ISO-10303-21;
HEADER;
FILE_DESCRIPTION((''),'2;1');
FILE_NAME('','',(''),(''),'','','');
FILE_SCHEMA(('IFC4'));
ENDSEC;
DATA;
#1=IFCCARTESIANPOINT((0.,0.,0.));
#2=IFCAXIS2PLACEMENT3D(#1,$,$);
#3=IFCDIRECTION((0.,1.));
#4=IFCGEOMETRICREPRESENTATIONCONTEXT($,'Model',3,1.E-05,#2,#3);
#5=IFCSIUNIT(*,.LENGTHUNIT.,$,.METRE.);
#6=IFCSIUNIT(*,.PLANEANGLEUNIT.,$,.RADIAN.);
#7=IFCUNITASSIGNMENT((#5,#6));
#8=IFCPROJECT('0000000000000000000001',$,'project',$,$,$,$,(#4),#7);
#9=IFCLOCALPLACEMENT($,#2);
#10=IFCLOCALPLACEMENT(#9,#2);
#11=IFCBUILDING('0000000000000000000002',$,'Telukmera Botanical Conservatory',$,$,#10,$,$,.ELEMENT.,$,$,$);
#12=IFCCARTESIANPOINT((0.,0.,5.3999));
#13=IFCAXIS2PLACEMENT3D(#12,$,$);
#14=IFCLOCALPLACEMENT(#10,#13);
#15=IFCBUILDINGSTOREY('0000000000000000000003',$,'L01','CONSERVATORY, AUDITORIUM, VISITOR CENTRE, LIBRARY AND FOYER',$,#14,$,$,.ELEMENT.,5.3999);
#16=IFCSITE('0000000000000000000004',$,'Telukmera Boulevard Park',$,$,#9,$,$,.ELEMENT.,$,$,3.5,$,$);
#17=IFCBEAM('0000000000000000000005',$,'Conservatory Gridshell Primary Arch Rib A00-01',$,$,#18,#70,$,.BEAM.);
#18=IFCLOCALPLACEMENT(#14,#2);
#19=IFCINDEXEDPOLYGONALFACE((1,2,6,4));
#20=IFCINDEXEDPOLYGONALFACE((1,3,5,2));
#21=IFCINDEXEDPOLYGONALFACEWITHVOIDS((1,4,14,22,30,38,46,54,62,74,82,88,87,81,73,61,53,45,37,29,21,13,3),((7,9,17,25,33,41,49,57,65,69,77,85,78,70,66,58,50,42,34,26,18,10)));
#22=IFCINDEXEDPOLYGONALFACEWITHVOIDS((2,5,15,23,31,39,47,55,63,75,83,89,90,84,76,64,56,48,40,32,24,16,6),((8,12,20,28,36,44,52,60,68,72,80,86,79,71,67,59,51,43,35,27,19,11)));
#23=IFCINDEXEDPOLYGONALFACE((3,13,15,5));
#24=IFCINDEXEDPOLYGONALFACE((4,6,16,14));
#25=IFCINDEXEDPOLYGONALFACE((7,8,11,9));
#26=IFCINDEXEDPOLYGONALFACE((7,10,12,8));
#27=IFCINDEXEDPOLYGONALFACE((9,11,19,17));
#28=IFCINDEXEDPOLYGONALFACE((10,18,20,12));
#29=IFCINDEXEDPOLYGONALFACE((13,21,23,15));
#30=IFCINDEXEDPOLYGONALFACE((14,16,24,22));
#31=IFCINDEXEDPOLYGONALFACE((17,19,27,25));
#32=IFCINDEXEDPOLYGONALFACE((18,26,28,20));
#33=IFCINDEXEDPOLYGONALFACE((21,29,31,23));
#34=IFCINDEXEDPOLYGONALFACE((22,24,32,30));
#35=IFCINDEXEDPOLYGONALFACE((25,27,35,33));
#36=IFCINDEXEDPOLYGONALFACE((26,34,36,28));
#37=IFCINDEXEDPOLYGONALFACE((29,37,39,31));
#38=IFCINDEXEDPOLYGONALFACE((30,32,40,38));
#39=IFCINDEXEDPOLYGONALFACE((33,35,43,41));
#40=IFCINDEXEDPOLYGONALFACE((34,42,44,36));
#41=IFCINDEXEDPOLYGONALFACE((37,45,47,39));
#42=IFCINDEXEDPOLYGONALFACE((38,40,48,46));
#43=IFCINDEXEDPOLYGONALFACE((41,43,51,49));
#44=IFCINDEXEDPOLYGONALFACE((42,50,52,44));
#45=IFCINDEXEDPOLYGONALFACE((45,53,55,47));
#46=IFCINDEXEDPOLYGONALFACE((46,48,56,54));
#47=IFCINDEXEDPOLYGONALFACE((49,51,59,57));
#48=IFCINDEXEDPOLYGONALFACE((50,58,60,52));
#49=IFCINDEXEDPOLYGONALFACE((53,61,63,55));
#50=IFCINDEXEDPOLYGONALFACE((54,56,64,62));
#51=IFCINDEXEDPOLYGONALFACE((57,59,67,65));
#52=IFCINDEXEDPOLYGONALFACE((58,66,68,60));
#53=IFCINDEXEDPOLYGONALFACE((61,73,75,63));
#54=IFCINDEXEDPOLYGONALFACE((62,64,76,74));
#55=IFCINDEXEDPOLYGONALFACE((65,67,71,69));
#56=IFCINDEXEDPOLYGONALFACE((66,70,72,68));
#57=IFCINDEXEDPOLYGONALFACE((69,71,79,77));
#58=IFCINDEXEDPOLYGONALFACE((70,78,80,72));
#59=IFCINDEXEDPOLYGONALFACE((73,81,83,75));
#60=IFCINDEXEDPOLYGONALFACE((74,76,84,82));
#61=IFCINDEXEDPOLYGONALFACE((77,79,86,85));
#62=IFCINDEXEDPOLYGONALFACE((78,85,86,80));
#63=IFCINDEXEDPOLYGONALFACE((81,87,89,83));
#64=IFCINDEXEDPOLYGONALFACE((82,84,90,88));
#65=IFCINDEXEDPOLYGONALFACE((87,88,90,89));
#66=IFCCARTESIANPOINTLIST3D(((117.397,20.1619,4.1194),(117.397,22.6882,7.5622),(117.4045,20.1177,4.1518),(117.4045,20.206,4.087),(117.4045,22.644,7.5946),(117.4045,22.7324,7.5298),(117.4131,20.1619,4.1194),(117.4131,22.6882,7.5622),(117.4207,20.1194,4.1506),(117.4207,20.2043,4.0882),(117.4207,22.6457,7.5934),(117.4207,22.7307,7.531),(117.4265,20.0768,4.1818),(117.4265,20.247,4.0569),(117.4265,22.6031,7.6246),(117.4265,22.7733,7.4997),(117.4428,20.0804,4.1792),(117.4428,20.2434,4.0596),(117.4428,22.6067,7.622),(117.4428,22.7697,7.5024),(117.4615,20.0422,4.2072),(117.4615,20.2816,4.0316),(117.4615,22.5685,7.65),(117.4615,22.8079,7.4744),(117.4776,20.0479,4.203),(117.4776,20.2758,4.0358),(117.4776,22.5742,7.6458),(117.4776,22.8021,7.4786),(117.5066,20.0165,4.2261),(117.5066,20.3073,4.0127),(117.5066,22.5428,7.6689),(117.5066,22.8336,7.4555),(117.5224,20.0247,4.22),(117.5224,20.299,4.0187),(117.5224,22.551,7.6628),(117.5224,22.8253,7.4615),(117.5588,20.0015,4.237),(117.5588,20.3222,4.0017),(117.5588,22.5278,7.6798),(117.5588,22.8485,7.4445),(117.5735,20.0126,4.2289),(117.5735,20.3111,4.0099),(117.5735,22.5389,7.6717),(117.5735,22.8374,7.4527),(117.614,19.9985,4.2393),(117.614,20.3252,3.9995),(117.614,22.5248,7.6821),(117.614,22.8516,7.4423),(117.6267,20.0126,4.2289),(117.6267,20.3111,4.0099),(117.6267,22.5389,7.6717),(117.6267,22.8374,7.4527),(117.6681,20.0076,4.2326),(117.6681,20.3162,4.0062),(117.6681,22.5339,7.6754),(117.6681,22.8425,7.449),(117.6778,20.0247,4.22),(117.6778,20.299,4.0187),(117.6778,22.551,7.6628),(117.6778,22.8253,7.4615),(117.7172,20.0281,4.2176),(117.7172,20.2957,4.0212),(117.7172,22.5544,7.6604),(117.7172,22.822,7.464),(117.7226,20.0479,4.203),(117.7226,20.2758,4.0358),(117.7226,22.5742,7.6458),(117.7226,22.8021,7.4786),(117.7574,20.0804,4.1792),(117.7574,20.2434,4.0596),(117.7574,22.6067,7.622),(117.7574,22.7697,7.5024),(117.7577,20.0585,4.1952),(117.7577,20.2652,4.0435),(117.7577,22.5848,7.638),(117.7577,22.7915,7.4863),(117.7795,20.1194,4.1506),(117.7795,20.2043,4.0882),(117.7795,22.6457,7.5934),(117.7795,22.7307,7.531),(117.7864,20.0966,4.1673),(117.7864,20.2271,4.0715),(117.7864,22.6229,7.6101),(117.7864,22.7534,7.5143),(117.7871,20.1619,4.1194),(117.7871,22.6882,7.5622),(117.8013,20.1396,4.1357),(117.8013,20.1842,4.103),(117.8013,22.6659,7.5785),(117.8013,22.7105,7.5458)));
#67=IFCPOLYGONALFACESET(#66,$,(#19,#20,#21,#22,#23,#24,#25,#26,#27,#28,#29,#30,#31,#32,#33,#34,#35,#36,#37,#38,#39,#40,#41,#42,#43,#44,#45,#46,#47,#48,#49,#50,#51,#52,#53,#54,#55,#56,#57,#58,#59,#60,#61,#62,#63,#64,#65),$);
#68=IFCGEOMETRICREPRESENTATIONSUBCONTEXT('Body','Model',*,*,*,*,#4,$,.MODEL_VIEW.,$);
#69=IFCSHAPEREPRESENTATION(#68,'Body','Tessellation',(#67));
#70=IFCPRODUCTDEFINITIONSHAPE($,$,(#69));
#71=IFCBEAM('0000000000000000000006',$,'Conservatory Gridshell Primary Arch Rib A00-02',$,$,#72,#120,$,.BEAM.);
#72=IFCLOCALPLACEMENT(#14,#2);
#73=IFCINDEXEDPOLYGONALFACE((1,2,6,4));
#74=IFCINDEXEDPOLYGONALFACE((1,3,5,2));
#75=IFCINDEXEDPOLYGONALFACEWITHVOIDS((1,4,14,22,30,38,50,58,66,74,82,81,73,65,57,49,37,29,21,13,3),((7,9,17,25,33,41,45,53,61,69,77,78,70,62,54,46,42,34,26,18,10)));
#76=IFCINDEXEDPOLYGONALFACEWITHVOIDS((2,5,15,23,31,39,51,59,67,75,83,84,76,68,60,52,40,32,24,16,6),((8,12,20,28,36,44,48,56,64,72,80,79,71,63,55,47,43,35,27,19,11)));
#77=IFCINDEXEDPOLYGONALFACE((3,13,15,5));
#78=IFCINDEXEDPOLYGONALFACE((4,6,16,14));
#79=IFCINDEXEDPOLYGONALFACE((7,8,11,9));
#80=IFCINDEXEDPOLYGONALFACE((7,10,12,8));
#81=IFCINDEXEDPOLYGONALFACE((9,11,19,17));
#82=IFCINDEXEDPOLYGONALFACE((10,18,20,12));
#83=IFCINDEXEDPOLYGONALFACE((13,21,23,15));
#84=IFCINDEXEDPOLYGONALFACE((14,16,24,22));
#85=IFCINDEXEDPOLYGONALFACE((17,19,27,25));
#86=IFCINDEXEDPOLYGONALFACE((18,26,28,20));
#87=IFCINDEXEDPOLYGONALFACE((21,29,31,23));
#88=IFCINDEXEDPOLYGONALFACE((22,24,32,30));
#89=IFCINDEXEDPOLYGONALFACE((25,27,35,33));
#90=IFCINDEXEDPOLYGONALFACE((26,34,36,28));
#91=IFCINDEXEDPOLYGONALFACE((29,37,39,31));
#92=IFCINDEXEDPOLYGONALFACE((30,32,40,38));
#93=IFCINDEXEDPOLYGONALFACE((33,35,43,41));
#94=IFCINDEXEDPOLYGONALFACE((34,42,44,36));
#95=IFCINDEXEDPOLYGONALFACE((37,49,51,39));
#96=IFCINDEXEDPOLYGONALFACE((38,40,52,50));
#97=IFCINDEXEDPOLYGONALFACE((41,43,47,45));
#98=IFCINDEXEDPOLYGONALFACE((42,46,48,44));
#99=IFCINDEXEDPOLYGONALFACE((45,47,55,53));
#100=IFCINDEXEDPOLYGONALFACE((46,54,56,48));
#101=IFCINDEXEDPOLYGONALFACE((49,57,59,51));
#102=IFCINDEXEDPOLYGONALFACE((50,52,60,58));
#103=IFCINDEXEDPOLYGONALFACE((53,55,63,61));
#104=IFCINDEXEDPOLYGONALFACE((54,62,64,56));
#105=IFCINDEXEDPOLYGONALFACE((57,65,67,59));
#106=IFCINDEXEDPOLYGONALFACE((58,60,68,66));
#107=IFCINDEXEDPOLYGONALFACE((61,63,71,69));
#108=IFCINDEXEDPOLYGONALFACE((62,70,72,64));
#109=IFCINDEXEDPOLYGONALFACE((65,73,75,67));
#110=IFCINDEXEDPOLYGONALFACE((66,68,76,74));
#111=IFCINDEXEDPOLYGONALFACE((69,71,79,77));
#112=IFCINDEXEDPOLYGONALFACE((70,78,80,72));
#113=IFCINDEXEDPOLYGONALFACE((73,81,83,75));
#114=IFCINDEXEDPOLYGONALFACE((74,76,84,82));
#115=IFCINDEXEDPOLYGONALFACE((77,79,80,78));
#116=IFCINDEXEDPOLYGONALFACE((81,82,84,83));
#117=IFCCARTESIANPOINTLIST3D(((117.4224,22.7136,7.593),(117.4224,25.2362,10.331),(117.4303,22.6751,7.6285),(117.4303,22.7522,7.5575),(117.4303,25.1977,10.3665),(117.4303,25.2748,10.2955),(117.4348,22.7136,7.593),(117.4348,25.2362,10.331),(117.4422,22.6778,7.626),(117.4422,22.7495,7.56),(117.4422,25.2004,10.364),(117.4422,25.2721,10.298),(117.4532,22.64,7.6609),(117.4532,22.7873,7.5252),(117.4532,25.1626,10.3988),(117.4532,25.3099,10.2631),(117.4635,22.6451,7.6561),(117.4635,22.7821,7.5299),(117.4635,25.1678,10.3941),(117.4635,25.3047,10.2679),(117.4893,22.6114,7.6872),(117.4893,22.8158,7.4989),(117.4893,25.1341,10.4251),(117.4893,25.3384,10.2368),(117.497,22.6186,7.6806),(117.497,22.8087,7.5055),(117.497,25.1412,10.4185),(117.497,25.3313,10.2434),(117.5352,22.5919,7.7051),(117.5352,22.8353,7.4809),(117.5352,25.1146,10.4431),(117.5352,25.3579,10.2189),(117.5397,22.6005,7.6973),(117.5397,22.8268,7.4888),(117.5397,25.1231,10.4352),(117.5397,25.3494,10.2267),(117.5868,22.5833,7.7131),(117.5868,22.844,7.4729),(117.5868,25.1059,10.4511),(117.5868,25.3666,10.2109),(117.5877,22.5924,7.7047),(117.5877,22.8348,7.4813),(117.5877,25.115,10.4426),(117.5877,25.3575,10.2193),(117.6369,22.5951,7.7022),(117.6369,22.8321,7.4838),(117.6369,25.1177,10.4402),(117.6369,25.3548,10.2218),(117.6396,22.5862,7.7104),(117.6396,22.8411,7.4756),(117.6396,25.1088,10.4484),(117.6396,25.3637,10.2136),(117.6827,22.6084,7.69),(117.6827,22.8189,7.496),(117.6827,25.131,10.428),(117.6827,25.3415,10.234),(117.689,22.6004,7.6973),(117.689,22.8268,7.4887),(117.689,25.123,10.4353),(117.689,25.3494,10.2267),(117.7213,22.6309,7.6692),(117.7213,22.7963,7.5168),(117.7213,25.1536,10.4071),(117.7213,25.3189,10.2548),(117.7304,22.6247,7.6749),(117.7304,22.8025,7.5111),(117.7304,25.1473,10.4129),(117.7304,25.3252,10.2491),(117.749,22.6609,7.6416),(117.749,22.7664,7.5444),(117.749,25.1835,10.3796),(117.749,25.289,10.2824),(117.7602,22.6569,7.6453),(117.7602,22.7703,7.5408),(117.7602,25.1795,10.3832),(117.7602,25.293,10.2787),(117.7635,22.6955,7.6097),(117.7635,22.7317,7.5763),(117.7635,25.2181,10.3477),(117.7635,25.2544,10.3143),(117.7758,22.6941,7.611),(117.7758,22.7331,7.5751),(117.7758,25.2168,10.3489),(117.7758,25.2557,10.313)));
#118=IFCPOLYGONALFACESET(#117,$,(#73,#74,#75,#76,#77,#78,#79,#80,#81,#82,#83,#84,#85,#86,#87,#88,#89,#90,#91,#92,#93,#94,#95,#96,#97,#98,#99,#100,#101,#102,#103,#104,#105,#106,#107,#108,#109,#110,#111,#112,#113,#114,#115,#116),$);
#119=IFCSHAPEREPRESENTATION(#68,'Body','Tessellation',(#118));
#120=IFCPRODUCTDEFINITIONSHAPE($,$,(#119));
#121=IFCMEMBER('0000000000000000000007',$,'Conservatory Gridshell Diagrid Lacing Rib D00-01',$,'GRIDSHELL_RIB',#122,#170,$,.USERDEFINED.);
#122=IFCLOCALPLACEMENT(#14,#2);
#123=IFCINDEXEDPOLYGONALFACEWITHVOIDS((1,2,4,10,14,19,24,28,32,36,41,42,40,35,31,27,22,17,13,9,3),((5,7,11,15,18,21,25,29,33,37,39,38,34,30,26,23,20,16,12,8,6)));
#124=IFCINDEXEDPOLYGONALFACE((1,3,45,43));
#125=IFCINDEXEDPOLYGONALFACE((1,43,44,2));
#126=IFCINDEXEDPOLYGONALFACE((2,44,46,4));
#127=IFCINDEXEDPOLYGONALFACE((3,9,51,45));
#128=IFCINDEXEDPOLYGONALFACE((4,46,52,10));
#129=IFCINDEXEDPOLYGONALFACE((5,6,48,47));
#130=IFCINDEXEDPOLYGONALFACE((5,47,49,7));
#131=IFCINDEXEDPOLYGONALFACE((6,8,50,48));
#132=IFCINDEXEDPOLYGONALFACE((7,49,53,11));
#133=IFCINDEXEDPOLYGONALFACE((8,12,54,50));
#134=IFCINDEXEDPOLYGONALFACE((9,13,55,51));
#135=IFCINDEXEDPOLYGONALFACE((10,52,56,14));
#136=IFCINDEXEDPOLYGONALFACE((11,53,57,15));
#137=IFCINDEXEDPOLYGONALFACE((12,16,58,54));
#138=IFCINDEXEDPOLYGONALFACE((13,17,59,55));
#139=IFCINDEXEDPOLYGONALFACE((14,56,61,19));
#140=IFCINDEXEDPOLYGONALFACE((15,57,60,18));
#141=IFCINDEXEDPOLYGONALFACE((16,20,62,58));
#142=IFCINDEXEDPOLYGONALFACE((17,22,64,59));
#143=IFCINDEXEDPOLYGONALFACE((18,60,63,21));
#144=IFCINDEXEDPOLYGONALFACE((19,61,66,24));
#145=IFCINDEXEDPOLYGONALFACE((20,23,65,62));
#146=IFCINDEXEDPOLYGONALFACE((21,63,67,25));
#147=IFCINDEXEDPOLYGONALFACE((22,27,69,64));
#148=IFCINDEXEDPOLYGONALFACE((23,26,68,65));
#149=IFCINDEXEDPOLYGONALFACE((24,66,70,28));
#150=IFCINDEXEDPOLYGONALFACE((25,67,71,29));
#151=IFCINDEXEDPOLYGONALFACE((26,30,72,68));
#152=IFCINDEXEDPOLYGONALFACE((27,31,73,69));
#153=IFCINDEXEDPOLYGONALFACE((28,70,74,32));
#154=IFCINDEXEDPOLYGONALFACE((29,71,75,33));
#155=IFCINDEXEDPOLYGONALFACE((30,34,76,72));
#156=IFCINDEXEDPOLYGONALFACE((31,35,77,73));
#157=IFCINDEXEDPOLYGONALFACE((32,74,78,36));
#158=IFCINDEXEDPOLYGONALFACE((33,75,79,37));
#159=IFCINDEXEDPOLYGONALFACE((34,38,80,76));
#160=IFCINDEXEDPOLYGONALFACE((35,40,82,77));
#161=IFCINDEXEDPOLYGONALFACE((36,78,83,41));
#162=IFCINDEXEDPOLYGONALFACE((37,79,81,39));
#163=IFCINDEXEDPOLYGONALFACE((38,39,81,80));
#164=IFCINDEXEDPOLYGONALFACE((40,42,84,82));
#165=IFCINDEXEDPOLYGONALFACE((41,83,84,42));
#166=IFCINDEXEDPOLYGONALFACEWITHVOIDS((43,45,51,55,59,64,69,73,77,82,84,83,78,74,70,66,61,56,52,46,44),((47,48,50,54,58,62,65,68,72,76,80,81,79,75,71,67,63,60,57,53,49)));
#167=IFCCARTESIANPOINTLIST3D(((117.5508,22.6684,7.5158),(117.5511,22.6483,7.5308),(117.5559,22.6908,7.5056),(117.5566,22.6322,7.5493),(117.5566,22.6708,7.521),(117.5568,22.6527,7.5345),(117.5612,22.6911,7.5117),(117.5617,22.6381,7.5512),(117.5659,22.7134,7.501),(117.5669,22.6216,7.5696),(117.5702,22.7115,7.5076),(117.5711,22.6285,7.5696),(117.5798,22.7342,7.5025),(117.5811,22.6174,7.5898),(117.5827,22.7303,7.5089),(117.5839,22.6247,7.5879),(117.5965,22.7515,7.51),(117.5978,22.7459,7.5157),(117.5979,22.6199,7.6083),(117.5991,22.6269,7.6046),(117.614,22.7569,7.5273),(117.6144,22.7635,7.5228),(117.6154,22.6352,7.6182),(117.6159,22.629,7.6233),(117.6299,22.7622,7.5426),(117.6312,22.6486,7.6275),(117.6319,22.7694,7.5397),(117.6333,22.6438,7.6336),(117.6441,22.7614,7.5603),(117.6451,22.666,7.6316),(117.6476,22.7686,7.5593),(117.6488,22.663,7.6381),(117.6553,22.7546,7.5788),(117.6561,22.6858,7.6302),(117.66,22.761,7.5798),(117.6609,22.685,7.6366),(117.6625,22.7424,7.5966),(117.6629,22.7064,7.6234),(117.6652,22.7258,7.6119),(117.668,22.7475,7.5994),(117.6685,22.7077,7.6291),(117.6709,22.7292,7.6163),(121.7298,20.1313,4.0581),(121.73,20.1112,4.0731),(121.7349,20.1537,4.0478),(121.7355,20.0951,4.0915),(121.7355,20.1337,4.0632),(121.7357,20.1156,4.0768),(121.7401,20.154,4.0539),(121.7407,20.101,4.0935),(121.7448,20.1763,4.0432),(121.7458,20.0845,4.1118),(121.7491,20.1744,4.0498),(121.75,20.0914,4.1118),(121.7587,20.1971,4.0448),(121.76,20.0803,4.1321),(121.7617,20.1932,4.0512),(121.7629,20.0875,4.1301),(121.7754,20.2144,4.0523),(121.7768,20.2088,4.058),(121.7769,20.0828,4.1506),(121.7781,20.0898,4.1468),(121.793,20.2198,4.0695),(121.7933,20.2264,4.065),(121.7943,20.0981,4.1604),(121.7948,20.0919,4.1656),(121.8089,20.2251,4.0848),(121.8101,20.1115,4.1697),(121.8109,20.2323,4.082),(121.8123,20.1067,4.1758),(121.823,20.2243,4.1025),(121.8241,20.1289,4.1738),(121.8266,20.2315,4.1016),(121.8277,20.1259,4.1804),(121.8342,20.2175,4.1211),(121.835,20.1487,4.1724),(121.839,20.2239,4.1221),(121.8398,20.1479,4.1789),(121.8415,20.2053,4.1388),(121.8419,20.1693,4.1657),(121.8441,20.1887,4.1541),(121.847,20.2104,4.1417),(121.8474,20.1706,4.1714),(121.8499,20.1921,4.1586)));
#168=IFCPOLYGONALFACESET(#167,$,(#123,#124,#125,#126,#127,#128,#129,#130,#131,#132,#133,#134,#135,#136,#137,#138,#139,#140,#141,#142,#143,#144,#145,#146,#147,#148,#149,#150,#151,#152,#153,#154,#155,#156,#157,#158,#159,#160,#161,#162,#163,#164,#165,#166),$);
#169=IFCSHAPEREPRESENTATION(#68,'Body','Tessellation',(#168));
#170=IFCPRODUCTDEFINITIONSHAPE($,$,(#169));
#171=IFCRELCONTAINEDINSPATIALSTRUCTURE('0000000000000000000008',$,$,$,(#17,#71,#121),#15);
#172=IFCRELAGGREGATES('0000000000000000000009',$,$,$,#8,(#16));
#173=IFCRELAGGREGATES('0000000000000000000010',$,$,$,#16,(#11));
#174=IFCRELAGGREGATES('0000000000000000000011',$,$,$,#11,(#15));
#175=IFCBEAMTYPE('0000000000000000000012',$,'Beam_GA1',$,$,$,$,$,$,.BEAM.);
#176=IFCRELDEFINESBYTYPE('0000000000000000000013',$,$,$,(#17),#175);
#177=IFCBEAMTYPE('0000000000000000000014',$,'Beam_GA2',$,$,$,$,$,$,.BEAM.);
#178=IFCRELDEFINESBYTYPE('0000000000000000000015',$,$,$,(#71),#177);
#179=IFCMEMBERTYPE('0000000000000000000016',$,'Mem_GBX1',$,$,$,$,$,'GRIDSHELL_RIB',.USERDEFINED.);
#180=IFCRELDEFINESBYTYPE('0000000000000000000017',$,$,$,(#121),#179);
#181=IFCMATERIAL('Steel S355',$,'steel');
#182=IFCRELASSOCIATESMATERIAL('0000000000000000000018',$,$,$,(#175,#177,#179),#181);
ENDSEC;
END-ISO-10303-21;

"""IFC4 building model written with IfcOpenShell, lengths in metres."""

from ifc_helpers import new_model, si_unit, direction, frame, origin, origin_2d, place, context, subcontext, project, spatial, hollow_circle, extrude, material, material_profile, profile_set, type_object, element, save


model = new_model("IFC4")

# Units and contexts
model_context = context("Model", 3, precision=1e-05, world=origin(), true_north=direction((0.0, 1.0)))
body_context = subcontext(model_context, "Body", "Model", "MODEL_VIEW")
ifc_project = project(units=[si_unit("LENGTHUNIT", "METRE"), si_unit("PLANEANGLEUNIT", "RADIAN")], contexts=[model_context])

# Site, building, storey
site_placement = place(None, origin())
site = spatial("IfcSite", under=ifc_project, at=site_placement, Name="Telukmera Boulevard Park", CompositionType="ELEMENT", RefElevation=3.5)
building_placement = place(site_placement, origin())
building = spatial("IfcBuilding", under=site, at=building_placement, Name="Telukmera Botanical Conservatory", CompositionType="ELEMENT")
storey_placement = place(building_placement, frame((0.0, 0.0, 5.3999)))
storey = spatial("IfcBuildingStorey", under=building, at=storey_placement, Name="L01", Description="CONSERVATORY, AUDITORIUM, VISITOR CENTRE, LIBRARY AND FOYER", CompositionType="ELEMENT", Elevation=5.3999)

# Beams
ifc_material_1 = material(Name="Steel S355", Category="steel")
ifc_material_profile_1 = material_profile(ifc_material_1, hollow_circle(Radius=0.2031, WallThickness=0.0161, at=origin_2d()), Name="CHS 406.4x16.0")
ifc_profile_set_1 = profile_set([ifc_material_profile_1], Name="Steel S355")
beam_type_1 = type_object("IfcBeamType", Name="Beam_GA1", PredefinedType="BEAM", material=ifc_profile_set_1)
beam_1_placement = place(storey_placement, frame((117.6001, 20.1619, 4.1194), z_axis=(0.0, 0.591607, 0.806227), x_axis=(-1.0, 0.0, 0.0)))
element("IfcBeam", 1, at=beam_1_placement, inside=storey, type_object=beam_type_1, Name="Conservatory Gridshell Primary Arch Rib A00-01", PredefinedType="BEAM", context=body_context, shape_type="SweptSolid", body=[
    extrude(hollow_circle(Radius=0.2031, WallThickness=0.0161, at=origin_2d()), origin(), (0.0, 0.0, 1.0), 4.2703),
])
ifc_material_profile_2 = material_profile(ifc_material_1, hollow_circle(Radius=0.1777, WallThickness=0.0125, at=origin_2d()), Name="CHS 355.6x12.5")
ifc_profile_set_2 = profile_set([ifc_material_profile_2], Name="Steel S355")
beam_type_2 = type_object("IfcBeamType", Name="Beam_GA2", PredefinedType="BEAM", material=ifc_profile_set_2)
beam_2_placement = place(storey_placement, frame((117.6001, 22.7136, 7.593), z_axis=(0.0, 0.677596, 0.735434), x_axis=(-1.0, 0.0, 0.0)))
element("IfcBeam", 2, at=beam_2_placement, inside=storey, type_object=beam_type_2, Name="Conservatory Gridshell Primary Arch Rib A00-02", PredefinedType="BEAM", context=body_context, shape_type="SweptSolid", body=[
    extrude(hollow_circle(Radius=0.1777, WallThickness=0.0125, at=origin_2d()), origin(), (0.0, 0.0, 1.0), 3.7229),
])

# Member
ifc_material_profile_3 = material_profile(ifc_material_1, hollow_circle(Radius=0.0842, WallThickness=0.0081, at=origin_2d()), Name="CHS 168.3x8.0")
ifc_profile_set_3 = profile_set([ifc_material_profile_3], Name="Steel S355")
member_type_1 = type_object("IfcMemberType", Name="Mem_GBX1", ElementType="GRIDSHELL_RIB", PredefinedType="USERDEFINED", material=ifc_profile_set_3)
member_1_placement = place(storey_placement, frame((121.7896, 20.1565, 4.1118), z_axis=(-0.697883, 0.423696, 0.577444), x_axis=(-0.518961, -0.854798, 0.0)))
element("IfcMember", 3, at=member_1_placement, inside=storey, type_object=member_type_1, Name="Conservatory Gridshell Diagrid Lacing Rib D00-01", ObjectType="GRIDSHELL_RIB", PredefinedType="USERDEFINED", context=body_context, shape_type="SweptSolid", body=[
    extrude(hollow_circle(Radius=0.0842, WallThickness=0.0081, at=origin_2d()), origin(), (0.0, 0.0, 1.0), 5.988),
])

save(model, "model.ifc")
